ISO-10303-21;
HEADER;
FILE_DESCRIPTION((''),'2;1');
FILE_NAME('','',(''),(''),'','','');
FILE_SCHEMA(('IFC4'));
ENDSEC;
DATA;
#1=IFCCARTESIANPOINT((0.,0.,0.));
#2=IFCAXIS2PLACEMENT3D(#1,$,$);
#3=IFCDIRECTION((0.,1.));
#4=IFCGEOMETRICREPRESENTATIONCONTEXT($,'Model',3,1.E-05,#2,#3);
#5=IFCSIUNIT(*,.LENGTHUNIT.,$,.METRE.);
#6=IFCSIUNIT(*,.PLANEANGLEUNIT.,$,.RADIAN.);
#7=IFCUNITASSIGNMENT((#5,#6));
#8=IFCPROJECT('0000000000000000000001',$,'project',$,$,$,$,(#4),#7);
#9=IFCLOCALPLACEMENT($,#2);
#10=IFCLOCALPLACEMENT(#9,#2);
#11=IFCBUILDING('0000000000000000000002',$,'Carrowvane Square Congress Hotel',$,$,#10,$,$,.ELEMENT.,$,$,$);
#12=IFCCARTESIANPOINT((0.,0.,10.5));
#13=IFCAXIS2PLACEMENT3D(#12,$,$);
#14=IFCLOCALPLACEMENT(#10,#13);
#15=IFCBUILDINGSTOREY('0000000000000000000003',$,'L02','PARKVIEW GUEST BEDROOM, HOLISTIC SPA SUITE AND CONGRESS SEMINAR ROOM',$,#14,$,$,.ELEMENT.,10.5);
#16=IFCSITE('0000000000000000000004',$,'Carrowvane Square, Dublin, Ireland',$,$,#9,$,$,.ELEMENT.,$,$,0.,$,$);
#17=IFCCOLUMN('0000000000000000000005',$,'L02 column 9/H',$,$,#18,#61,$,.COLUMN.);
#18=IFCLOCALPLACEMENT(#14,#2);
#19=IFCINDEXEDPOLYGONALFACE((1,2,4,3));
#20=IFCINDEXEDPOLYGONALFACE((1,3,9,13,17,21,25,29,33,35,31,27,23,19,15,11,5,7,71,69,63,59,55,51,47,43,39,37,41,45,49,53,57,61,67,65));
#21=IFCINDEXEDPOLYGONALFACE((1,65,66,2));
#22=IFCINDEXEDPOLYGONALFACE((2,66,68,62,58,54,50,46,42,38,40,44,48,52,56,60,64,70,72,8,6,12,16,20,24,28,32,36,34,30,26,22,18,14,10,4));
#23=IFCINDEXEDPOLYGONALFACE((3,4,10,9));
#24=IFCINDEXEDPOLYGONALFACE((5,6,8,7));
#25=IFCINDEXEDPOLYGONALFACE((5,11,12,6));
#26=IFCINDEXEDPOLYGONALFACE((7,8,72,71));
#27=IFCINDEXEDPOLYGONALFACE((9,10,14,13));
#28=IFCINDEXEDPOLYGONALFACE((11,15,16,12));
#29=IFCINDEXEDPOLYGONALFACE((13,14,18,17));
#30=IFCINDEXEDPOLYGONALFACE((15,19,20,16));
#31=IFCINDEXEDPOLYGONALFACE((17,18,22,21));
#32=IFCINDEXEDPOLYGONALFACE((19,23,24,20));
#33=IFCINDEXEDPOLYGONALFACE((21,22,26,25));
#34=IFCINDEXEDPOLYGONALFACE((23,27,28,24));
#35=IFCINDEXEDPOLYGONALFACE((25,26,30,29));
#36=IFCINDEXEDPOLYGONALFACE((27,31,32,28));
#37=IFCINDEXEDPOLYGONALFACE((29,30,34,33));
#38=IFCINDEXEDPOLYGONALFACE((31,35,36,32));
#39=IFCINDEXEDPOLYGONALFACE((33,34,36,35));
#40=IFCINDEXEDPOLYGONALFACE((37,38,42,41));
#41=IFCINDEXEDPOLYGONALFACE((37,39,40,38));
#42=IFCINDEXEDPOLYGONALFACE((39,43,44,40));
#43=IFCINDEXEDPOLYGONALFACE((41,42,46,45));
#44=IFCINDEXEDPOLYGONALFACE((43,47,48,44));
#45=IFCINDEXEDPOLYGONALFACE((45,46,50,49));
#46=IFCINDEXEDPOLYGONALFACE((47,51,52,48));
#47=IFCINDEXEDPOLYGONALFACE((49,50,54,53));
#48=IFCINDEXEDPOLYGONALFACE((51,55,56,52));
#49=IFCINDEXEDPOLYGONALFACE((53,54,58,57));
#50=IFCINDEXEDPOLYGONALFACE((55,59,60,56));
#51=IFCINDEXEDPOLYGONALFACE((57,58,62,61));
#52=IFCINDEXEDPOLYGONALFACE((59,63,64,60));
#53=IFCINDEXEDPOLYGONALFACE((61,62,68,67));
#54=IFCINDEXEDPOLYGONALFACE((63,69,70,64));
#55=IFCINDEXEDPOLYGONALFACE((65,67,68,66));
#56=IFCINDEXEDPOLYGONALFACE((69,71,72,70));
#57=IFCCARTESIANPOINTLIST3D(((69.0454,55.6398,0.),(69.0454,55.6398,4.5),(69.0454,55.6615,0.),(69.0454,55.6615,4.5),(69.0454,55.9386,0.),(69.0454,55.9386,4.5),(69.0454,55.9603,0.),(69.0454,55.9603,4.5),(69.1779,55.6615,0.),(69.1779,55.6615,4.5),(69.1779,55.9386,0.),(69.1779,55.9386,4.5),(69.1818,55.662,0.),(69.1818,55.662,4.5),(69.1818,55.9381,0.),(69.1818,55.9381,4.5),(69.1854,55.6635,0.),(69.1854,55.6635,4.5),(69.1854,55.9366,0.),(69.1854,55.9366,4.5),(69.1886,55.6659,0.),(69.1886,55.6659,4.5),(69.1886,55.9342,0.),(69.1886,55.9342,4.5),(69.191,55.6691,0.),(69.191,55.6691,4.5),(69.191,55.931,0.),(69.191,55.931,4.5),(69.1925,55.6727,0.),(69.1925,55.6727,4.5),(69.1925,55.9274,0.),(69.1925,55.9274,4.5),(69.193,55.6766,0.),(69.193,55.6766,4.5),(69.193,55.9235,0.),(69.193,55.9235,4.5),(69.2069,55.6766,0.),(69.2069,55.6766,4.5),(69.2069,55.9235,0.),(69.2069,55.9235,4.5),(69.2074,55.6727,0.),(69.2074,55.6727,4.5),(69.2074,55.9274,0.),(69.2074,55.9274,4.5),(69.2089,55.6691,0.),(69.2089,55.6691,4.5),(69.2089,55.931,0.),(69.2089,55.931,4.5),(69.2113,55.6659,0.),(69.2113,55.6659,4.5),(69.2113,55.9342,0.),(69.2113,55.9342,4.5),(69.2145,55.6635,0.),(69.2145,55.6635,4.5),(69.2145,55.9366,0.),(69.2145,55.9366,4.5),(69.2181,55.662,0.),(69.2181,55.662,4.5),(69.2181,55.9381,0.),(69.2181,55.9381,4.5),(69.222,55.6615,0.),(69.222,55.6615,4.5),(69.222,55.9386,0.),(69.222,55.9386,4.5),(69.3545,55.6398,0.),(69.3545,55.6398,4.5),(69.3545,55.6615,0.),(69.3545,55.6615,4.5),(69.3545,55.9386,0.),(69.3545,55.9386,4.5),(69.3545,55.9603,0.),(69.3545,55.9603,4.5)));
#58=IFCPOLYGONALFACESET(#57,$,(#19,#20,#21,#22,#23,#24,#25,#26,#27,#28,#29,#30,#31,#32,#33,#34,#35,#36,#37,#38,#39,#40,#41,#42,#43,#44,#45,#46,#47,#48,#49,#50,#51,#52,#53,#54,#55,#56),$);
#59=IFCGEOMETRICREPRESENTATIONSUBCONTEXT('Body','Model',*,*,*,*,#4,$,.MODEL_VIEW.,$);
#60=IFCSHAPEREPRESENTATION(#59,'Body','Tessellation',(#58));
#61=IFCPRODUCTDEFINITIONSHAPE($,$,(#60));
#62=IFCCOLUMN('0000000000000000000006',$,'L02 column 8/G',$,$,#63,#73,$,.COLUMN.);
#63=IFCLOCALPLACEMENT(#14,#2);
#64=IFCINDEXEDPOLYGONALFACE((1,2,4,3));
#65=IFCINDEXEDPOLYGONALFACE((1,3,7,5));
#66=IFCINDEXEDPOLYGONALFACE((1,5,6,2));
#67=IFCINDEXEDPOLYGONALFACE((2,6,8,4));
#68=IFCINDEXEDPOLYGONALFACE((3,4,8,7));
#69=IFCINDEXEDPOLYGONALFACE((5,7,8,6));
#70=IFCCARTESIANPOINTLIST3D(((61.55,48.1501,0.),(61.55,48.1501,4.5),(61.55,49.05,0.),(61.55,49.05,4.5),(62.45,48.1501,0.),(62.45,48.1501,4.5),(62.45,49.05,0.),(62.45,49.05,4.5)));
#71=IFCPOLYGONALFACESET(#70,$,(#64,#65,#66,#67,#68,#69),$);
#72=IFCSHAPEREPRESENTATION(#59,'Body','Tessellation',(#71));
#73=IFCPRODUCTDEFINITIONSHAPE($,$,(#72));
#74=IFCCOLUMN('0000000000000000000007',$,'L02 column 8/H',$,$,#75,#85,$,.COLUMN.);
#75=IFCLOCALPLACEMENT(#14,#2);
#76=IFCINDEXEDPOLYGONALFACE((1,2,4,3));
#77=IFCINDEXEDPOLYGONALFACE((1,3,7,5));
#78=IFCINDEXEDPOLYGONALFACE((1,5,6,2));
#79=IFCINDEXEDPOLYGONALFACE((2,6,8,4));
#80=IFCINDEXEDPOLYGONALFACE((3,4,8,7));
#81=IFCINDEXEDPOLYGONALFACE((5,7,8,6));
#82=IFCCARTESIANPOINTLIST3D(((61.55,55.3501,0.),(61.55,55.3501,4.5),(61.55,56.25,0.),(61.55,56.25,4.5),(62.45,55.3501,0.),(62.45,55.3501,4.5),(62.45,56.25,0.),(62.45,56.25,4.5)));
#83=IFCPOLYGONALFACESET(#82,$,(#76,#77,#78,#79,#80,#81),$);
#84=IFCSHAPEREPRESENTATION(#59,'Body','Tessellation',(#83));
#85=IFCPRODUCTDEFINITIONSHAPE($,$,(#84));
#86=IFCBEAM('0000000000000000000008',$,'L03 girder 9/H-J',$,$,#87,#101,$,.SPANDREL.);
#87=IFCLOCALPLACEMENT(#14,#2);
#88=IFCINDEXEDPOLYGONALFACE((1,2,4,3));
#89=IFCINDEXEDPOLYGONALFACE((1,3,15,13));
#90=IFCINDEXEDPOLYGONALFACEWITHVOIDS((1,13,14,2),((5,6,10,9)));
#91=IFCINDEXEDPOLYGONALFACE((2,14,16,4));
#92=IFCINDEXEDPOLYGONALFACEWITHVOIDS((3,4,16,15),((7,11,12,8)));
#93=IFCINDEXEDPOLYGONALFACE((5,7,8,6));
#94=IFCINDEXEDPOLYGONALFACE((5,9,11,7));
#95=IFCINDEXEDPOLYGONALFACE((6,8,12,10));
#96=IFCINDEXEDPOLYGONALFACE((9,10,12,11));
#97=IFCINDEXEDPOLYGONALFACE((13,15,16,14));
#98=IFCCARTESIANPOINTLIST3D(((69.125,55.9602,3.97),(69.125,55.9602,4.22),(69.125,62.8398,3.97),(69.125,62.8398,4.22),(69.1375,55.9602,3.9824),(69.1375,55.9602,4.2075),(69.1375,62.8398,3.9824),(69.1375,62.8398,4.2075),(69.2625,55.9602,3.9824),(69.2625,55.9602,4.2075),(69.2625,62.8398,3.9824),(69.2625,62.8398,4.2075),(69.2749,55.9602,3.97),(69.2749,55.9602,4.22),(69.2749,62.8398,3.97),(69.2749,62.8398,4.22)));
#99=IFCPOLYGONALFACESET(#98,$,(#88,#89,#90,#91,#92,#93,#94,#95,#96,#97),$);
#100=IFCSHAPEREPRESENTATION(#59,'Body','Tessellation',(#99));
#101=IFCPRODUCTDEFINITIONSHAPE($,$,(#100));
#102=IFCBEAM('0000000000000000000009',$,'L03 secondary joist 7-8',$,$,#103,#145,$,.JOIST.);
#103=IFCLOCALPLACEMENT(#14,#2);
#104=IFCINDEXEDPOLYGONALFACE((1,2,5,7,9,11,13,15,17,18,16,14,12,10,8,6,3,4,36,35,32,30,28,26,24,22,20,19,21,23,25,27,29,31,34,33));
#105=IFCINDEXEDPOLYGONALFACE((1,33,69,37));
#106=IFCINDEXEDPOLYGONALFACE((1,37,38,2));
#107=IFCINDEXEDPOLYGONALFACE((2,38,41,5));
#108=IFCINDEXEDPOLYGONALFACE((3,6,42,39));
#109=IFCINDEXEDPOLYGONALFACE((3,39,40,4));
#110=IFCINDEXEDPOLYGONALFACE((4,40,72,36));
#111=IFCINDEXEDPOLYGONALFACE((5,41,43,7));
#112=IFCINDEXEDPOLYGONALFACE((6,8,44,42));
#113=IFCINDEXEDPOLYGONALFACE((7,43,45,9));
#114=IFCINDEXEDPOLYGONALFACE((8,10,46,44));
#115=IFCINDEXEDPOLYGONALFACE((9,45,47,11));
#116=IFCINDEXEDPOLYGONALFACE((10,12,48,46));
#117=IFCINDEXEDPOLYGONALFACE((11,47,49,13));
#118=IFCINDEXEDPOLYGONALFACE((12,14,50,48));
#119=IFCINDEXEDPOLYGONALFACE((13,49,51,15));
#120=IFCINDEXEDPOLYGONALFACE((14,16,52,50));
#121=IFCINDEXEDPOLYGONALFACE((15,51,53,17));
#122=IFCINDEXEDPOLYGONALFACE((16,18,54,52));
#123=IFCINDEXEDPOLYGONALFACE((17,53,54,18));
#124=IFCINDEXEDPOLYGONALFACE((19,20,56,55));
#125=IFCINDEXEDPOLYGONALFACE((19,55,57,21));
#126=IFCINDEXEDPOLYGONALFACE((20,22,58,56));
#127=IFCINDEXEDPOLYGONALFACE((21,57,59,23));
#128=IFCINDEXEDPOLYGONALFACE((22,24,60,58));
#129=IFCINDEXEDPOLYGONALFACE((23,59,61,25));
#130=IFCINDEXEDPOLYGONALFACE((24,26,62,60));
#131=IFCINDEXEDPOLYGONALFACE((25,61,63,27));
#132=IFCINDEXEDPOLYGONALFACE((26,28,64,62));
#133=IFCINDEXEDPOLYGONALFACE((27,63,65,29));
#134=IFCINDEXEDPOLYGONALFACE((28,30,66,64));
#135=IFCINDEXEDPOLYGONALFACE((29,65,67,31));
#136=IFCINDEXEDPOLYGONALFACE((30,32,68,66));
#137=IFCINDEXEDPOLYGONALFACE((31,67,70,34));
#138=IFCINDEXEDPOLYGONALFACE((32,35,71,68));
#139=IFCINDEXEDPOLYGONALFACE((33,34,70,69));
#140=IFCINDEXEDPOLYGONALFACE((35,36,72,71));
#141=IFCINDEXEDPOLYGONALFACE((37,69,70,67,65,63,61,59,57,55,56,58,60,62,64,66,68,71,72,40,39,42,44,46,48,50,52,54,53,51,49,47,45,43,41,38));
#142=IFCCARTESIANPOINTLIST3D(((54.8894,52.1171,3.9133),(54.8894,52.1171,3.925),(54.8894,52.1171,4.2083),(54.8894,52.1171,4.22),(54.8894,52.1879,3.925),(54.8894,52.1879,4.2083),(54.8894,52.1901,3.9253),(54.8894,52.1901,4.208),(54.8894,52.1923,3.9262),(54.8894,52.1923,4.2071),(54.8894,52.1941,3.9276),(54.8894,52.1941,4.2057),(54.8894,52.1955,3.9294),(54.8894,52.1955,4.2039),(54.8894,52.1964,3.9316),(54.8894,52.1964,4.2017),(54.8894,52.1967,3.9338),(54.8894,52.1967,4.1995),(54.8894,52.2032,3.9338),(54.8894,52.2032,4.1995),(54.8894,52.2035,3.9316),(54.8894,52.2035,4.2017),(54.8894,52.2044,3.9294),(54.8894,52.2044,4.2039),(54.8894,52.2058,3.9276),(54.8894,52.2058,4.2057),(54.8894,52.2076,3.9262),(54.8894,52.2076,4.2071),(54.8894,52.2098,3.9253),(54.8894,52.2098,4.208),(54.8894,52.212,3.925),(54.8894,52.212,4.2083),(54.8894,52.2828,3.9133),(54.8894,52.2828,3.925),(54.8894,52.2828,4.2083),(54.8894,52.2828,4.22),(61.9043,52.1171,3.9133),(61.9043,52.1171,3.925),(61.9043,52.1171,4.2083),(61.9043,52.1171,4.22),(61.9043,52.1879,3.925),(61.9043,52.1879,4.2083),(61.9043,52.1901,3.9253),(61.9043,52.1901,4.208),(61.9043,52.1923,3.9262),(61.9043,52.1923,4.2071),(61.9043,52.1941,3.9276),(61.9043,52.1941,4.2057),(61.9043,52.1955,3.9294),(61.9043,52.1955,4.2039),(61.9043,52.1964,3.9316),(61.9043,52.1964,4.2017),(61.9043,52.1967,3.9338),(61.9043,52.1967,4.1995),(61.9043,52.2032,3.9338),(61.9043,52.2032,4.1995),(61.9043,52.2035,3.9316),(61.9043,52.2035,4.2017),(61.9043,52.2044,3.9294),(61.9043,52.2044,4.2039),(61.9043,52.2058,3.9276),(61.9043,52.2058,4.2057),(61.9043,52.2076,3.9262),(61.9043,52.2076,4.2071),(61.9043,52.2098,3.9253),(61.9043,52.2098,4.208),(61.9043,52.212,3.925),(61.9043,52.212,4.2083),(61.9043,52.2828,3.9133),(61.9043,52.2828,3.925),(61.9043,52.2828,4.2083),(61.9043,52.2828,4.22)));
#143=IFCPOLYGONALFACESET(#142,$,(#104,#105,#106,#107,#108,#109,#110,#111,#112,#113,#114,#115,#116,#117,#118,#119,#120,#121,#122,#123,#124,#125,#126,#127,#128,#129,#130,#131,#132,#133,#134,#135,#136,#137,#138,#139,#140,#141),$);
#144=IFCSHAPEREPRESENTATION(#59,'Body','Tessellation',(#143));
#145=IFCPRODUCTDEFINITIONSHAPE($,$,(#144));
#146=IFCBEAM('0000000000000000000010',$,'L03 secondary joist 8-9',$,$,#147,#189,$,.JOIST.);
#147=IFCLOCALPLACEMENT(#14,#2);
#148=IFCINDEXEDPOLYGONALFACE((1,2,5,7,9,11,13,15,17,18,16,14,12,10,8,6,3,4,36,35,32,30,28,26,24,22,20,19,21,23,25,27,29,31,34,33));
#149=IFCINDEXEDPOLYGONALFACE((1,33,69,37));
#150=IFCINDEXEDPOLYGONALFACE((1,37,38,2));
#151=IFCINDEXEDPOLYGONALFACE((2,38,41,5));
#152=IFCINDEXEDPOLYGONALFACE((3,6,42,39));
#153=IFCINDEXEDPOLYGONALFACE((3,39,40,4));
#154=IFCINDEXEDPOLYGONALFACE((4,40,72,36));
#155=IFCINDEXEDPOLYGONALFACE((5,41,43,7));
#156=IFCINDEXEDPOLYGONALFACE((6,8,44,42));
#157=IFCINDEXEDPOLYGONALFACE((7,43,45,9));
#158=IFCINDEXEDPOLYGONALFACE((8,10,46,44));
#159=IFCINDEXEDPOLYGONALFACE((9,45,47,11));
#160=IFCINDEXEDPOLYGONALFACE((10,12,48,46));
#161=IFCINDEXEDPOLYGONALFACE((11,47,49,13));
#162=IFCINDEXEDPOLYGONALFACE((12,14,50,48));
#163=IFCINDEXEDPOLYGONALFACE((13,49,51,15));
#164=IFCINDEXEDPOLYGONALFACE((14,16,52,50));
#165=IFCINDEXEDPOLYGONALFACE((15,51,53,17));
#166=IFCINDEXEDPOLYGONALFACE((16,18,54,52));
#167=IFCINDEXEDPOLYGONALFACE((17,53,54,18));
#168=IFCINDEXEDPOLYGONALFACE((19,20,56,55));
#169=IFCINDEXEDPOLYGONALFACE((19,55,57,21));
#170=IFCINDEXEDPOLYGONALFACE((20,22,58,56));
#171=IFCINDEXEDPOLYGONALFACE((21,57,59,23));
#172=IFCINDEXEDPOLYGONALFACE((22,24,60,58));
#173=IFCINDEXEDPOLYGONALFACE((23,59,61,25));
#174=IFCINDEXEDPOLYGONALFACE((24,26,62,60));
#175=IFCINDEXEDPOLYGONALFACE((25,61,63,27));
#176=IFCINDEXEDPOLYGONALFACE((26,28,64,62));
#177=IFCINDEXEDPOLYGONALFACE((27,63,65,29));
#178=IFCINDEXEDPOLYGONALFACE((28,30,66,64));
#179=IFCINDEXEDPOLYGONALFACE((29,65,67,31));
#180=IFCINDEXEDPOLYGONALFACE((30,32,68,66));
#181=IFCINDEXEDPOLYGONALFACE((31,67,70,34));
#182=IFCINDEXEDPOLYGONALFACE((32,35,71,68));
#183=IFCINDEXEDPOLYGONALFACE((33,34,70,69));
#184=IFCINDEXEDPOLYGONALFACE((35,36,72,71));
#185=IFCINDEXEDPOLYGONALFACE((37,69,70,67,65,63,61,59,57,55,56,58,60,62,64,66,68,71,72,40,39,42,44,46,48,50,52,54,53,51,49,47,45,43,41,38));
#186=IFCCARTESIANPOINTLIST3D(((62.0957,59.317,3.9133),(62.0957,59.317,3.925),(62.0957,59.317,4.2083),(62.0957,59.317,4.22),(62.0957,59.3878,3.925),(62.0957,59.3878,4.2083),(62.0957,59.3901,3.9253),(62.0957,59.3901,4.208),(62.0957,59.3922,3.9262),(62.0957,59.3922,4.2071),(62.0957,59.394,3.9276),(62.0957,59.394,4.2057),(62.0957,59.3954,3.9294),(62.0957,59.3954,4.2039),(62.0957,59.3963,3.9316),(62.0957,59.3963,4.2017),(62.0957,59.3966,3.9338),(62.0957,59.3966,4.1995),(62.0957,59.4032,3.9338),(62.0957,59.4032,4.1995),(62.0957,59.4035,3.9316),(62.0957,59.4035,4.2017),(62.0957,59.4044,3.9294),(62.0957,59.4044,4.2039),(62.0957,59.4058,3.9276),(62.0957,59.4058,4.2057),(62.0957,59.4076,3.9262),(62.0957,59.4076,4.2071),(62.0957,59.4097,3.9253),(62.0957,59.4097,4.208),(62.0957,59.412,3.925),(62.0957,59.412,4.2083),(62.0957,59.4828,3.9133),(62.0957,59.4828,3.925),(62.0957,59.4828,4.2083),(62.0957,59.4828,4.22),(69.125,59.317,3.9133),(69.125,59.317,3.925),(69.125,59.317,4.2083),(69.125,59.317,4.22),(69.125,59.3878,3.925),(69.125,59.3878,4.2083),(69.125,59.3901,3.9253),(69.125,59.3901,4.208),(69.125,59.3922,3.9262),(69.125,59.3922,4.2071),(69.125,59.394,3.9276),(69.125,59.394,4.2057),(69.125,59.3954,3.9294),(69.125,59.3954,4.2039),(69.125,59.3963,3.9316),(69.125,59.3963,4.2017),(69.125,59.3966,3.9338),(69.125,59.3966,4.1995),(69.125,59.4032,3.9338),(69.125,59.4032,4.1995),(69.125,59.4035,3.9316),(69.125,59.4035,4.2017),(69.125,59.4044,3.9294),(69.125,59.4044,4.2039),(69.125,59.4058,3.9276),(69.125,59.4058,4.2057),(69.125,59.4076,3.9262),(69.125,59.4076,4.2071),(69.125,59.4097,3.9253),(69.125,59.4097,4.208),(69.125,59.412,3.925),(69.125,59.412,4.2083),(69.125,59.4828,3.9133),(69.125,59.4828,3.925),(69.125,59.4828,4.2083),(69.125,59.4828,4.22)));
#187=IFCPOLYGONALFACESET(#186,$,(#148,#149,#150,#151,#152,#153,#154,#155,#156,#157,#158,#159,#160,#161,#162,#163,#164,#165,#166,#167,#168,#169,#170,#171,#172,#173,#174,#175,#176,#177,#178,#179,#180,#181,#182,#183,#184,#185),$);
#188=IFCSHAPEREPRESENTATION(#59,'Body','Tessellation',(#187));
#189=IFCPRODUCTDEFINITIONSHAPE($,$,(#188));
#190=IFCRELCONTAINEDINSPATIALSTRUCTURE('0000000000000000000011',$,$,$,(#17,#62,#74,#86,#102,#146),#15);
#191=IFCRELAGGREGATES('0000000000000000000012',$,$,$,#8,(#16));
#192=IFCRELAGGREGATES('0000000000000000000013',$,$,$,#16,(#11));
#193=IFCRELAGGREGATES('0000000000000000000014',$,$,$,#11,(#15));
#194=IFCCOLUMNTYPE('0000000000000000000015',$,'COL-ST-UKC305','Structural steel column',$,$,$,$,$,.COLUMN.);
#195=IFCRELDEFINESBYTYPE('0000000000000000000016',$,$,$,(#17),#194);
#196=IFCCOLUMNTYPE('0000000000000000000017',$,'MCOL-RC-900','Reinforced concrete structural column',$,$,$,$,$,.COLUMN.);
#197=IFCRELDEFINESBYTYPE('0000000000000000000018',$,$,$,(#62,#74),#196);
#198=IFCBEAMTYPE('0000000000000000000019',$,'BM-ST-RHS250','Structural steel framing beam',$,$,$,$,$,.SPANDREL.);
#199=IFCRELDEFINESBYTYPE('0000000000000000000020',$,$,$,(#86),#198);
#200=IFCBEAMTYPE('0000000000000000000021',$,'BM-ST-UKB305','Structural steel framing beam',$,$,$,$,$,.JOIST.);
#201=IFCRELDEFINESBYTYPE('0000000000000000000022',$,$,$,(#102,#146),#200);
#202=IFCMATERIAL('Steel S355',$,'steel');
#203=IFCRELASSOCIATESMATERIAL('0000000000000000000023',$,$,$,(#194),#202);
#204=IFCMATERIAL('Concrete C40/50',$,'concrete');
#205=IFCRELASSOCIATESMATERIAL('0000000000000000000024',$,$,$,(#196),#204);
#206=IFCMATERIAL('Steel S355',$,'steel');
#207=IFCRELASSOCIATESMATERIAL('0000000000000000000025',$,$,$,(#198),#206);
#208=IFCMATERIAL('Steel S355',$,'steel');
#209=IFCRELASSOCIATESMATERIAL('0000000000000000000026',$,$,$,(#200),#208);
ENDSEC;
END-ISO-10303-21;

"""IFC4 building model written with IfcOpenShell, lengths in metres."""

from ifc_helpers import new_model, si_unit, direction, frame, origin, origin_2d, place, context, subcontext, project, spatial, rectangle, hollow_rectangle, i_section, extrude, material, material_profile, profile_set, type_object, element, save


model = new_model("IFC4")

# Units and contexts
model_context = context("Model", 3, precision=1e-05, world=origin(), true_north=direction((0.0, 1.0)))
body_context = subcontext(model_context, "Body", "Model", "MODEL_VIEW")
ifc_project = project(units=[si_unit("LENGTHUNIT", "METRE"), si_unit("PLANEANGLEUNIT", "RADIAN")], contexts=[model_context])

# Site, building, storey
site_placement = place(None, origin())
site = spatial("IfcSite", under=ifc_project, at=site_placement, Name="Carrowvane Square, Dublin, Ireland", CompositionType="ELEMENT", RefElevation=0.0)
building_placement = place(site_placement, origin())
building = spatial("IfcBuilding", under=site, at=building_placement, Name="Carrowvane Square Congress Hotel", CompositionType="ELEMENT")
storey_placement = place(building_placement, frame((0.0, 0.0, 10.5)))
storey = spatial("IfcBuildingStorey", under=building, at=storey_placement, Name="L02", Description="PARKVIEW GUEST BEDROOM, HOLISTIC SPA SUITE AND CONGRESS SEMINAR ROOM", CompositionType="ELEMENT", Elevation=10.5)

# Columns
ifc_material_1 = material(Name="Steel S355", Category="steel")
ifc_material_profile_1 = material_profile(ifc_material_1, i_section(OverallWidth=0.3091, OverallDepth=0.3206, WebThickness=0.0139, FlangeThickness=0.0217, FilletRadius=0.0151, at=origin_2d()), Name="UKC 305x305x137")
ifc_profile_set_1 = profile_set([ifc_material_profile_1], Name="Steel S355")
column_type_1 = type_object("IfcColumnType", Name="COL-ST-UKC305", Description="Structural steel column", PredefinedType="COLUMN", material=ifc_profile_set_1)
column_placement = place(storey_placement, frame((69.2, 55.8, 0.0), z_axis=(0.0, 0.0, 1.0), x_axis=(1.0, 0.0, 0.0)))
element("IfcColumn", 1, at=column_placement, inside=storey, type_object=column_type_1, Name="L02 column 9/H", PredefinedType="COLUMN", context=body_context, shape_type="SweptSolid", body=[
    extrude(i_section(OverallWidth=0.3091, OverallDepth=0.3206, WebThickness=0.0139, FlangeThickness=0.0217, FilletRadius=0.0151, at=origin_2d()), origin(), (0.0, 0.0, 1.0), 4.5),
])
ifc_material_2 = material(Name="Concrete C40/50", Category="concrete")
ifc_material_profile_2 = material_profile(ifc_material_2, rectangle(XDim=0.8999, YDim=0.8999, at=origin_2d()), Name="RC 900x900")
ifc_profile_set_2 = profile_set([ifc_material_profile_2], Name="Concrete C40/50")
column_type_2 = type_object("IfcColumnType", Name="MCOL-RC-900", Description="Reinforced concrete structural column", PredefinedType="COLUMN", material=ifc_profile_set_2)
for number, where, z_axis, x_axis, name in (
    (2, (62.0, 48.6001, 0.0), (0.0, 0.0, 1.0), (1.0, 0.0, 0.0), "L02 column 8/G"),
    (3, (62.0, 55.8, 0.0), (0.0, 0.0, 1.0), (1.0, 0.0, 0.0), "L02 column 8/H"),
):
    element("IfcColumn", number, at=place(storey_placement, frame(where, z_axis=z_axis, x_axis=x_axis)), inside=storey, type_object=column_type_2, Name=name, PredefinedType="COLUMN", context=body_context, shape_type="SweptSolid", body=[
        extrude(rectangle(XDim=0.8999, YDim=0.8999, at=origin_2d()), origin(), (0.0, 0.0, 1.0), 4.5),
    ])

# Beams
ifc_material_3 = material(Name="Steel S355", Category="steel")
ifc_material_profile_3 = material_profile(ifc_material_3, hollow_rectangle(XDim=0.1499, YDim=0.25, WallThickness=0.0125, at=origin_2d()), Name="RHS 250x150x12.5")
ifc_profile_set_3 = profile_set([ifc_material_profile_3], Name="Steel S355")
beam_type_1 = type_object("IfcBeamType", Name="BM-ST-RHS250", Description="Structural steel framing beam", PredefinedType="SPANDREL", material=ifc_profile_set_3)
beam_1_placement = place(storey_placement, frame((69.2, 55.9602, 4.095), z_axis=(0.0, 1.0, 0.0), x_axis=(-1.0, 0.0, 0.0)))
element("IfcBeam", 4, at=beam_1_placement, inside=storey, type_object=beam_type_1, Name="L03 girder 9/H-J", PredefinedType="SPANDREL", context=body_context, shape_type="SweptSolid", body=[
    extrude(hollow_rectangle(XDim=0.1499, YDim=0.25, WallThickness=0.0125, at=origin_2d()), origin(), (0.0, 0.0, 1.0), 6.8796),
])
ifc_material_4 = material(Name="Steel S355", Category="steel")
ifc_material_profile_4 = material_profile(ifc_material_4, i_section(OverallWidth=0.1658, OverallDepth=0.3066, WebThickness=0.0066, FlangeThickness=0.0117, FilletRadius=0.0088, at=origin_2d()), Name="UKB 305x165x46")
ifc_profile_set_4 = profile_set([ifc_material_profile_4], Name="Steel S355")
beam_type_2 = type_object("IfcBeamType", Name="BM-ST-UKB305", Description="Structural steel framing beam", PredefinedType="JOIST", material=ifc_profile_set_4)
beam_2_placement = place(storey_placement, frame((54.8894, 52.2, 4.0667), z_axis=(1.0, 0.0, 0.0), x_axis=(0.0, 1.0, 0.0)))
element("IfcBeam", 5, at=beam_2_placement, inside=storey, type_object=beam_type_2, Name="L03 secondary joist 7-8", PredefinedType="JOIST", context=body_context, shape_type="SweptSolid", body=[
    extrude(i_section(OverallWidth=0.1658, OverallDepth=0.3066, WebThickness=0.0066, FlangeThickness=0.0117, FilletRadius=0.0088, at=origin_2d()), origin(), (0.0, 0.0, 1.0), 7.0149),
])
beam_3_placement = place(storey_placement, frame((62.0957, 59.3999, 4.0667), z_axis=(1.0, 0.0, 0.0), x_axis=(0.0, 1.0, 0.0)))
element("IfcBeam", 6, at=beam_3_placement, inside=storey, type_object=beam_type_2, Name="L03 secondary joist 8-9", PredefinedType="JOIST", context=body_context, shape_type="SweptSolid", body=[
    extrude(i_section(OverallWidth=0.1658, OverallDepth=0.3066, WebThickness=0.0066, FlangeThickness=0.0117, FilletRadius=0.0088, at=origin_2d()), origin(), (0.0, 0.0, 1.0), 7.0293),
])

save(model, "model.ifc")
